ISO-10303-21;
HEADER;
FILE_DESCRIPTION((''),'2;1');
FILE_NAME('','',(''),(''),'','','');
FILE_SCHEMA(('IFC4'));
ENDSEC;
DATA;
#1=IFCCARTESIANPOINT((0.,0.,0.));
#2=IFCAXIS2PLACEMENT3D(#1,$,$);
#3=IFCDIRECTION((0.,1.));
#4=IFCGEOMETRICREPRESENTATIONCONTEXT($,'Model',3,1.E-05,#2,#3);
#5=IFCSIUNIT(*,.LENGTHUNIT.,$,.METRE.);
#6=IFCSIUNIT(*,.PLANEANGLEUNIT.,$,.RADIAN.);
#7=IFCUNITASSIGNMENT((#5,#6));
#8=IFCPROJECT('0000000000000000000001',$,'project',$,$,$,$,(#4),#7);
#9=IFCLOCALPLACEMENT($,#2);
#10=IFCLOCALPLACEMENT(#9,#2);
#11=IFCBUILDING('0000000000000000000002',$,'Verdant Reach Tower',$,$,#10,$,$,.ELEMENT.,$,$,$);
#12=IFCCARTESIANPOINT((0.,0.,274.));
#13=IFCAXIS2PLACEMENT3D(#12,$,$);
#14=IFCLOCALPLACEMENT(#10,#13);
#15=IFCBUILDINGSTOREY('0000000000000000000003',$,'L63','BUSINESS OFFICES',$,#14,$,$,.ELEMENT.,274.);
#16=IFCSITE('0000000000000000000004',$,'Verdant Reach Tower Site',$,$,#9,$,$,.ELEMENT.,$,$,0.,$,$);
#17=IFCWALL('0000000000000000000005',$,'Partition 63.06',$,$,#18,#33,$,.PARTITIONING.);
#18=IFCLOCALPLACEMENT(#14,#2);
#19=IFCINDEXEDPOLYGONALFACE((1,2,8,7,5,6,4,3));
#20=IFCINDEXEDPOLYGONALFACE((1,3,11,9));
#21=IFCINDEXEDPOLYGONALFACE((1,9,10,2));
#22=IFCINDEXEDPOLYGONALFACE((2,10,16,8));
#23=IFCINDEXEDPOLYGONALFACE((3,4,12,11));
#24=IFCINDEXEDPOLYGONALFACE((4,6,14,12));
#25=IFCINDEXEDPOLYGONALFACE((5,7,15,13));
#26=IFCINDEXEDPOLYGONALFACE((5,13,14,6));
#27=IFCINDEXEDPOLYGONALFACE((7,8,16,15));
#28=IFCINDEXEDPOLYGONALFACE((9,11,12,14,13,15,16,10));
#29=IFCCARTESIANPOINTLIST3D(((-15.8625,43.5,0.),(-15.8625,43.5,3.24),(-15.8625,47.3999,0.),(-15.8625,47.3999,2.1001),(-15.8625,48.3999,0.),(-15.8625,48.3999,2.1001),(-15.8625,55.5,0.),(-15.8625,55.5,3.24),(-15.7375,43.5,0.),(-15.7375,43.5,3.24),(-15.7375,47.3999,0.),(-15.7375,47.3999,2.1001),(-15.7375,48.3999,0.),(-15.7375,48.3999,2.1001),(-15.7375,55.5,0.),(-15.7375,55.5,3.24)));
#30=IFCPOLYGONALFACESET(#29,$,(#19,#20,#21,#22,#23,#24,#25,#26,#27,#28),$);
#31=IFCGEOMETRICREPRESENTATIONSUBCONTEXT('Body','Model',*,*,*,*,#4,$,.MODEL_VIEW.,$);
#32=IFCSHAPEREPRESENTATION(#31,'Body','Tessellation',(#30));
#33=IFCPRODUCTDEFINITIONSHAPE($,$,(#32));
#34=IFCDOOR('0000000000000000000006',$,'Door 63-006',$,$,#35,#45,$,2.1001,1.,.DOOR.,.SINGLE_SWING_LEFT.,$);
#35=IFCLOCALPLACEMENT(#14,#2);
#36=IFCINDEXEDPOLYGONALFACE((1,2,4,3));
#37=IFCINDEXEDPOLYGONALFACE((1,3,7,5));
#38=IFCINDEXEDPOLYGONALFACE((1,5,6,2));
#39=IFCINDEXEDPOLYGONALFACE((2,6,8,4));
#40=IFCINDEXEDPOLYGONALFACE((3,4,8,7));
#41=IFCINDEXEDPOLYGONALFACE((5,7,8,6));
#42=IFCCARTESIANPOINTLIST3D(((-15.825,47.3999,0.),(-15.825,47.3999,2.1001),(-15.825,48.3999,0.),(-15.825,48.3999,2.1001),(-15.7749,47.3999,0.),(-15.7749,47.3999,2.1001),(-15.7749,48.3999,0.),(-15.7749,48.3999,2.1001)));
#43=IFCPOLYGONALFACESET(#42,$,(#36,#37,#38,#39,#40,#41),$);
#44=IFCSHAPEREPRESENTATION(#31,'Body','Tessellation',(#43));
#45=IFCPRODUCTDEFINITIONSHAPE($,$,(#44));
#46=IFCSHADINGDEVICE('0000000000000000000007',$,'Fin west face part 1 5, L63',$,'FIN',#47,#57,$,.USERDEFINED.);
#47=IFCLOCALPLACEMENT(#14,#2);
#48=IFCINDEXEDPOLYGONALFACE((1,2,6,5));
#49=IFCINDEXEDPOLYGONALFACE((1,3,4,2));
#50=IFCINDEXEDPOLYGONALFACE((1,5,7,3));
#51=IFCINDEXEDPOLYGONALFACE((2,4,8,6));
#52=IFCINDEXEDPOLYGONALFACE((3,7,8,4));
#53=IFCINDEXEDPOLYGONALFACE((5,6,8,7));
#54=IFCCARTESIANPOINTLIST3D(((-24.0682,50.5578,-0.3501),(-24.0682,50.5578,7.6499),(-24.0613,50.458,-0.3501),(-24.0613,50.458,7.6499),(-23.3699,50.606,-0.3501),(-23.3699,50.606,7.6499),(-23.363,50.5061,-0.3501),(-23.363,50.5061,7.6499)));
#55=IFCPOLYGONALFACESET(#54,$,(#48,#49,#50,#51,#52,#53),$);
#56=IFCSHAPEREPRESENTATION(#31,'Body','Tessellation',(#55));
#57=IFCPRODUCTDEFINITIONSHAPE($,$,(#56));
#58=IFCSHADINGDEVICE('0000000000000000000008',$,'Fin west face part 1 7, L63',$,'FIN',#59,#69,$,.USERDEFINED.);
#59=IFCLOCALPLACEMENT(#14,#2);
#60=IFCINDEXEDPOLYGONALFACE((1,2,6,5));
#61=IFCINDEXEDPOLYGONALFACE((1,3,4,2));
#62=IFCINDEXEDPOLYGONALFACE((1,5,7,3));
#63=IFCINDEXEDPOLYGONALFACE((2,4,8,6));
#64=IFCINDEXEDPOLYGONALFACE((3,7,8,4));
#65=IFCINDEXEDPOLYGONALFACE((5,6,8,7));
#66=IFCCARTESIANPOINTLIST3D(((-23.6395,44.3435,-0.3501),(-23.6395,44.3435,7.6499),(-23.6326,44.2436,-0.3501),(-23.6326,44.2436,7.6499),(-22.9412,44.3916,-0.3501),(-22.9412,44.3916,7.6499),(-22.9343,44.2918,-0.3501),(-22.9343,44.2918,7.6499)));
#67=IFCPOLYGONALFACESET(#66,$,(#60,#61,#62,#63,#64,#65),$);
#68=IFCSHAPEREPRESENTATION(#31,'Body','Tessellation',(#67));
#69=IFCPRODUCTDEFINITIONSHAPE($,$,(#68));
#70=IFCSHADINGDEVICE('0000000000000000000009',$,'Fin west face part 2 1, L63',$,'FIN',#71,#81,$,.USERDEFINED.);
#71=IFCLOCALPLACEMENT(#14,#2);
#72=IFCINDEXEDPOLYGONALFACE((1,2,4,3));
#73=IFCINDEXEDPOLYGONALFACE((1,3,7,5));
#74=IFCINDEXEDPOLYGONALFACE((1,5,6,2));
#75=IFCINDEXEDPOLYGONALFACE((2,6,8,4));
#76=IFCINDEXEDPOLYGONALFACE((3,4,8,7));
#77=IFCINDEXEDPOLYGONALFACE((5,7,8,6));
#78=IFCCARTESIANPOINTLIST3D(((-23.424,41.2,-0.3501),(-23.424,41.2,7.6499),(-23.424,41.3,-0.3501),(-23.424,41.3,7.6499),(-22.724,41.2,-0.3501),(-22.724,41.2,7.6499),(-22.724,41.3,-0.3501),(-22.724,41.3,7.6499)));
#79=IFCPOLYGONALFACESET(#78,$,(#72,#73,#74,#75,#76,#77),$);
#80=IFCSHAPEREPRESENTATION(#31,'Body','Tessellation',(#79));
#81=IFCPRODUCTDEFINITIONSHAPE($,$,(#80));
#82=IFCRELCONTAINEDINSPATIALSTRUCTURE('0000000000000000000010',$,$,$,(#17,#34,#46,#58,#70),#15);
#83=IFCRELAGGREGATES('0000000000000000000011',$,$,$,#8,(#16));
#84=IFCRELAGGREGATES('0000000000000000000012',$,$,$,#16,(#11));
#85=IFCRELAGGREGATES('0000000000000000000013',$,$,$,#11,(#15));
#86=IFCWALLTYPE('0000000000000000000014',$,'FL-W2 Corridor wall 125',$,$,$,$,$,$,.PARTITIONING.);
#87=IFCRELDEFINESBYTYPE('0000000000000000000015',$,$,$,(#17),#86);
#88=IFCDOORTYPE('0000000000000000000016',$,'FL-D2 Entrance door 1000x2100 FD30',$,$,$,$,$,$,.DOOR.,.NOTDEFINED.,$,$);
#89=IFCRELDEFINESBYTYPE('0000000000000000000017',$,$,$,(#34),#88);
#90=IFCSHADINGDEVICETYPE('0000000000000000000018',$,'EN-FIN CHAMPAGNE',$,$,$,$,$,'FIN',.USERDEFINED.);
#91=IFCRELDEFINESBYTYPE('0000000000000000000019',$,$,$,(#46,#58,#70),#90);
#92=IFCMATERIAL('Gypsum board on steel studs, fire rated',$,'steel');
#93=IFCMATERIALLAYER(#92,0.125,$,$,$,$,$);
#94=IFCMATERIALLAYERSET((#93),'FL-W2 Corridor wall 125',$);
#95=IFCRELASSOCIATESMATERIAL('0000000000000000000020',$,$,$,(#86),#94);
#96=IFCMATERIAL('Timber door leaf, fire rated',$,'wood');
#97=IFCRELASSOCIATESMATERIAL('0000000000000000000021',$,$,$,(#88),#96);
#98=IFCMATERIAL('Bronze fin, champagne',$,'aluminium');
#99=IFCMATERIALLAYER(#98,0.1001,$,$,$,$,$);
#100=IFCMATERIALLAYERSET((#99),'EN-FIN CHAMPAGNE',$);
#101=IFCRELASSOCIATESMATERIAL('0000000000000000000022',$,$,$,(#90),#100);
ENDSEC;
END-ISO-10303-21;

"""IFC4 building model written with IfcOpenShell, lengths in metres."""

from ifc_helpers import new_model, si_unit, direction, frame, frame_2d, origin, origin_2d, place, context, subcontext, project, spatial, rectangle, extrude, material, layer, layer_set, type_object, element, fill, save


model = new_model("IFC4")

# Units and contexts
model_context = context("Model", 3, precision=1e-05, world=origin(), true_north=direction((0.0, 1.0)))
body_context = subcontext(model_context, "Body", "Model", "MODEL_VIEW")
ifc_project = project(units=[si_unit("LENGTHUNIT", "METRE"), si_unit("PLANEANGLEUNIT", "RADIAN")], contexts=[model_context])

# Site, building, storey
site_placement = place(None, origin())
site = spatial("IfcSite", under=ifc_project, at=site_placement, Name="Verdant Reach Tower Site", CompositionType="ELEMENT", RefElevation=0.0)
building_placement = place(site_placement, origin())
building = spatial("IfcBuilding", under=site, at=building_placement, Name="Verdant Reach Tower", CompositionType="ELEMENT")
storey_placement = place(building_placement, frame((0.0, 0.0, 274.0)))
storey = spatial("IfcBuildingStorey", under=building, at=storey_placement, Name="L63", Description="BUSINESS OFFICES", CompositionType="ELEMENT", Elevation=274.0)

# Wall, opening, door
ifc_material_1 = material(Name="Gypsum board on steel studs, fire rated", Category="steel")
ifc_layer_1 = layer(ifc_material_1, 0.125)
ifc_layer_set_1 = layer_set([ifc_layer_1], Name="FL-W2 Corridor wall 125")
wall_type_1 = type_object("IfcWallType", Name="FL-W2 Corridor wall 125", PredefinedType="PARTITIONING", material=ifc_layer_set_1)
wall_1_placement = place(storey_placement, frame((-15.8, 43.5, 0.0), z_axis=(0.0, 0.0, 1.0), x_axis=(0.0, 1.0, 0.0)))
wall_1 = element("IfcWall", 1, at=wall_1_placement, inside=storey, type_object=wall_type_1, Name="Partition 63.06", PredefinedType="PARTITIONING", context=body_context, shape_type="SweptSolid", body=[
    extrude(rectangle(XDim=12.0, YDim=0.125, at=frame_2d((6.0, 0.0))), origin(), (0.0, 0.0, 1.0), 3.24),
])
opening_placement = place(wall_1_placement, frame((3.8999, 0.0, 0.0)))
opening = element("IfcOpeningElement", 2, at=opening_placement, cuts=wall_1, PredefinedType="OPENING", context=body_context, shape_type="SweptSolid", body=[
    extrude(rectangle(XDim=1.0, YDim=2.1001, at=frame_2d((0.5, 1.05))), frame((0.0, 0.0725, 0.0), z_axis=(0.0, -1.0, 0.0), x_axis=(1.0, 0.0, 0.0)), (0.0, 0.0, 1.0), 0.145),
])
ifc_material_2 = material(Name="Timber door leaf, fire rated", Category="wood")
door_type = type_object("IfcDoorType", Name="FL-D2 Entrance door 1000x2100 FD30", OperationType="NOTDEFINED", PredefinedType="DOOR", material=ifc_material_2)
door_placement = place(opening_placement, origin())
door = element("IfcDoor", 3, at=door_placement, inside=storey, type_object=door_type, Name="Door 63-006", OperationType="SINGLE_SWING_LEFT", OverallHeight=2.1001, OverallWidth=1.0, PredefinedType="DOOR", context=body_context, shape_type="SweptSolid", body=[
    extrude(rectangle(XDim=1.0, YDim=2.1001, at=frame_2d((0.5, 1.05))), frame((0.0, 0.0249, 0.0), z_axis=(0.0, -1.0, 0.0), x_axis=(1.0, 0.0, 0.0)), (0.0, 0.0, 1.0), 0.05),
])
fill(opening, door)

# Shading devices
ifc_material_3 = material(Name="Bronze fin, champagne", Category="aluminium")
ifc_layer_2 = layer(ifc_material_3, 0.1001)
ifc_layer_set_2 = layer_set([ifc_layer_2], Name="EN-FIN CHAMPAGNE")
shading_device_type = type_object("IfcShadingDeviceType", Name="EN-FIN CHAMPAGNE", ElementType="FIN", PredefinedType="USERDEFINED", material=ifc_layer_set_2)
for number, where, z_axis, x_axis, name in (
    (4, (-23.7156, 50.532, -0.3501), (0.0, 0.0, 1.0), (0.068802, -0.99763, 0.0), "Fin west face part 1 5, L63"),
    (5, (-23.2869, 44.3176, -0.3501), (0.0, 0.0, 1.0), (0.068802, -0.99763, 0.0), "Fin west face part 1 7, L63"),
    (6, (-23.074, 41.25, -0.3501), (0.0, 0.0, 1.0), (0.0, -1.0, 0.0), "Fin west face part 2 1, L63"),
):
    element("IfcShadingDevice", number, at=place(storey_placement, frame(where, z_axis=z_axis, x_axis=x_axis)), inside=storey, type_object=shading_device_type, Name=name, ObjectType="FIN", PredefinedType="USERDEFINED", context=body_context, shape_type="SweptSolid", body=[
        extrude(rectangle(XDim=0.1001, YDim=0.7, at=origin_2d()), origin(), (0.0, 0.0, 1.0), 8.0),
    ])

save(model, "model.ifc")
